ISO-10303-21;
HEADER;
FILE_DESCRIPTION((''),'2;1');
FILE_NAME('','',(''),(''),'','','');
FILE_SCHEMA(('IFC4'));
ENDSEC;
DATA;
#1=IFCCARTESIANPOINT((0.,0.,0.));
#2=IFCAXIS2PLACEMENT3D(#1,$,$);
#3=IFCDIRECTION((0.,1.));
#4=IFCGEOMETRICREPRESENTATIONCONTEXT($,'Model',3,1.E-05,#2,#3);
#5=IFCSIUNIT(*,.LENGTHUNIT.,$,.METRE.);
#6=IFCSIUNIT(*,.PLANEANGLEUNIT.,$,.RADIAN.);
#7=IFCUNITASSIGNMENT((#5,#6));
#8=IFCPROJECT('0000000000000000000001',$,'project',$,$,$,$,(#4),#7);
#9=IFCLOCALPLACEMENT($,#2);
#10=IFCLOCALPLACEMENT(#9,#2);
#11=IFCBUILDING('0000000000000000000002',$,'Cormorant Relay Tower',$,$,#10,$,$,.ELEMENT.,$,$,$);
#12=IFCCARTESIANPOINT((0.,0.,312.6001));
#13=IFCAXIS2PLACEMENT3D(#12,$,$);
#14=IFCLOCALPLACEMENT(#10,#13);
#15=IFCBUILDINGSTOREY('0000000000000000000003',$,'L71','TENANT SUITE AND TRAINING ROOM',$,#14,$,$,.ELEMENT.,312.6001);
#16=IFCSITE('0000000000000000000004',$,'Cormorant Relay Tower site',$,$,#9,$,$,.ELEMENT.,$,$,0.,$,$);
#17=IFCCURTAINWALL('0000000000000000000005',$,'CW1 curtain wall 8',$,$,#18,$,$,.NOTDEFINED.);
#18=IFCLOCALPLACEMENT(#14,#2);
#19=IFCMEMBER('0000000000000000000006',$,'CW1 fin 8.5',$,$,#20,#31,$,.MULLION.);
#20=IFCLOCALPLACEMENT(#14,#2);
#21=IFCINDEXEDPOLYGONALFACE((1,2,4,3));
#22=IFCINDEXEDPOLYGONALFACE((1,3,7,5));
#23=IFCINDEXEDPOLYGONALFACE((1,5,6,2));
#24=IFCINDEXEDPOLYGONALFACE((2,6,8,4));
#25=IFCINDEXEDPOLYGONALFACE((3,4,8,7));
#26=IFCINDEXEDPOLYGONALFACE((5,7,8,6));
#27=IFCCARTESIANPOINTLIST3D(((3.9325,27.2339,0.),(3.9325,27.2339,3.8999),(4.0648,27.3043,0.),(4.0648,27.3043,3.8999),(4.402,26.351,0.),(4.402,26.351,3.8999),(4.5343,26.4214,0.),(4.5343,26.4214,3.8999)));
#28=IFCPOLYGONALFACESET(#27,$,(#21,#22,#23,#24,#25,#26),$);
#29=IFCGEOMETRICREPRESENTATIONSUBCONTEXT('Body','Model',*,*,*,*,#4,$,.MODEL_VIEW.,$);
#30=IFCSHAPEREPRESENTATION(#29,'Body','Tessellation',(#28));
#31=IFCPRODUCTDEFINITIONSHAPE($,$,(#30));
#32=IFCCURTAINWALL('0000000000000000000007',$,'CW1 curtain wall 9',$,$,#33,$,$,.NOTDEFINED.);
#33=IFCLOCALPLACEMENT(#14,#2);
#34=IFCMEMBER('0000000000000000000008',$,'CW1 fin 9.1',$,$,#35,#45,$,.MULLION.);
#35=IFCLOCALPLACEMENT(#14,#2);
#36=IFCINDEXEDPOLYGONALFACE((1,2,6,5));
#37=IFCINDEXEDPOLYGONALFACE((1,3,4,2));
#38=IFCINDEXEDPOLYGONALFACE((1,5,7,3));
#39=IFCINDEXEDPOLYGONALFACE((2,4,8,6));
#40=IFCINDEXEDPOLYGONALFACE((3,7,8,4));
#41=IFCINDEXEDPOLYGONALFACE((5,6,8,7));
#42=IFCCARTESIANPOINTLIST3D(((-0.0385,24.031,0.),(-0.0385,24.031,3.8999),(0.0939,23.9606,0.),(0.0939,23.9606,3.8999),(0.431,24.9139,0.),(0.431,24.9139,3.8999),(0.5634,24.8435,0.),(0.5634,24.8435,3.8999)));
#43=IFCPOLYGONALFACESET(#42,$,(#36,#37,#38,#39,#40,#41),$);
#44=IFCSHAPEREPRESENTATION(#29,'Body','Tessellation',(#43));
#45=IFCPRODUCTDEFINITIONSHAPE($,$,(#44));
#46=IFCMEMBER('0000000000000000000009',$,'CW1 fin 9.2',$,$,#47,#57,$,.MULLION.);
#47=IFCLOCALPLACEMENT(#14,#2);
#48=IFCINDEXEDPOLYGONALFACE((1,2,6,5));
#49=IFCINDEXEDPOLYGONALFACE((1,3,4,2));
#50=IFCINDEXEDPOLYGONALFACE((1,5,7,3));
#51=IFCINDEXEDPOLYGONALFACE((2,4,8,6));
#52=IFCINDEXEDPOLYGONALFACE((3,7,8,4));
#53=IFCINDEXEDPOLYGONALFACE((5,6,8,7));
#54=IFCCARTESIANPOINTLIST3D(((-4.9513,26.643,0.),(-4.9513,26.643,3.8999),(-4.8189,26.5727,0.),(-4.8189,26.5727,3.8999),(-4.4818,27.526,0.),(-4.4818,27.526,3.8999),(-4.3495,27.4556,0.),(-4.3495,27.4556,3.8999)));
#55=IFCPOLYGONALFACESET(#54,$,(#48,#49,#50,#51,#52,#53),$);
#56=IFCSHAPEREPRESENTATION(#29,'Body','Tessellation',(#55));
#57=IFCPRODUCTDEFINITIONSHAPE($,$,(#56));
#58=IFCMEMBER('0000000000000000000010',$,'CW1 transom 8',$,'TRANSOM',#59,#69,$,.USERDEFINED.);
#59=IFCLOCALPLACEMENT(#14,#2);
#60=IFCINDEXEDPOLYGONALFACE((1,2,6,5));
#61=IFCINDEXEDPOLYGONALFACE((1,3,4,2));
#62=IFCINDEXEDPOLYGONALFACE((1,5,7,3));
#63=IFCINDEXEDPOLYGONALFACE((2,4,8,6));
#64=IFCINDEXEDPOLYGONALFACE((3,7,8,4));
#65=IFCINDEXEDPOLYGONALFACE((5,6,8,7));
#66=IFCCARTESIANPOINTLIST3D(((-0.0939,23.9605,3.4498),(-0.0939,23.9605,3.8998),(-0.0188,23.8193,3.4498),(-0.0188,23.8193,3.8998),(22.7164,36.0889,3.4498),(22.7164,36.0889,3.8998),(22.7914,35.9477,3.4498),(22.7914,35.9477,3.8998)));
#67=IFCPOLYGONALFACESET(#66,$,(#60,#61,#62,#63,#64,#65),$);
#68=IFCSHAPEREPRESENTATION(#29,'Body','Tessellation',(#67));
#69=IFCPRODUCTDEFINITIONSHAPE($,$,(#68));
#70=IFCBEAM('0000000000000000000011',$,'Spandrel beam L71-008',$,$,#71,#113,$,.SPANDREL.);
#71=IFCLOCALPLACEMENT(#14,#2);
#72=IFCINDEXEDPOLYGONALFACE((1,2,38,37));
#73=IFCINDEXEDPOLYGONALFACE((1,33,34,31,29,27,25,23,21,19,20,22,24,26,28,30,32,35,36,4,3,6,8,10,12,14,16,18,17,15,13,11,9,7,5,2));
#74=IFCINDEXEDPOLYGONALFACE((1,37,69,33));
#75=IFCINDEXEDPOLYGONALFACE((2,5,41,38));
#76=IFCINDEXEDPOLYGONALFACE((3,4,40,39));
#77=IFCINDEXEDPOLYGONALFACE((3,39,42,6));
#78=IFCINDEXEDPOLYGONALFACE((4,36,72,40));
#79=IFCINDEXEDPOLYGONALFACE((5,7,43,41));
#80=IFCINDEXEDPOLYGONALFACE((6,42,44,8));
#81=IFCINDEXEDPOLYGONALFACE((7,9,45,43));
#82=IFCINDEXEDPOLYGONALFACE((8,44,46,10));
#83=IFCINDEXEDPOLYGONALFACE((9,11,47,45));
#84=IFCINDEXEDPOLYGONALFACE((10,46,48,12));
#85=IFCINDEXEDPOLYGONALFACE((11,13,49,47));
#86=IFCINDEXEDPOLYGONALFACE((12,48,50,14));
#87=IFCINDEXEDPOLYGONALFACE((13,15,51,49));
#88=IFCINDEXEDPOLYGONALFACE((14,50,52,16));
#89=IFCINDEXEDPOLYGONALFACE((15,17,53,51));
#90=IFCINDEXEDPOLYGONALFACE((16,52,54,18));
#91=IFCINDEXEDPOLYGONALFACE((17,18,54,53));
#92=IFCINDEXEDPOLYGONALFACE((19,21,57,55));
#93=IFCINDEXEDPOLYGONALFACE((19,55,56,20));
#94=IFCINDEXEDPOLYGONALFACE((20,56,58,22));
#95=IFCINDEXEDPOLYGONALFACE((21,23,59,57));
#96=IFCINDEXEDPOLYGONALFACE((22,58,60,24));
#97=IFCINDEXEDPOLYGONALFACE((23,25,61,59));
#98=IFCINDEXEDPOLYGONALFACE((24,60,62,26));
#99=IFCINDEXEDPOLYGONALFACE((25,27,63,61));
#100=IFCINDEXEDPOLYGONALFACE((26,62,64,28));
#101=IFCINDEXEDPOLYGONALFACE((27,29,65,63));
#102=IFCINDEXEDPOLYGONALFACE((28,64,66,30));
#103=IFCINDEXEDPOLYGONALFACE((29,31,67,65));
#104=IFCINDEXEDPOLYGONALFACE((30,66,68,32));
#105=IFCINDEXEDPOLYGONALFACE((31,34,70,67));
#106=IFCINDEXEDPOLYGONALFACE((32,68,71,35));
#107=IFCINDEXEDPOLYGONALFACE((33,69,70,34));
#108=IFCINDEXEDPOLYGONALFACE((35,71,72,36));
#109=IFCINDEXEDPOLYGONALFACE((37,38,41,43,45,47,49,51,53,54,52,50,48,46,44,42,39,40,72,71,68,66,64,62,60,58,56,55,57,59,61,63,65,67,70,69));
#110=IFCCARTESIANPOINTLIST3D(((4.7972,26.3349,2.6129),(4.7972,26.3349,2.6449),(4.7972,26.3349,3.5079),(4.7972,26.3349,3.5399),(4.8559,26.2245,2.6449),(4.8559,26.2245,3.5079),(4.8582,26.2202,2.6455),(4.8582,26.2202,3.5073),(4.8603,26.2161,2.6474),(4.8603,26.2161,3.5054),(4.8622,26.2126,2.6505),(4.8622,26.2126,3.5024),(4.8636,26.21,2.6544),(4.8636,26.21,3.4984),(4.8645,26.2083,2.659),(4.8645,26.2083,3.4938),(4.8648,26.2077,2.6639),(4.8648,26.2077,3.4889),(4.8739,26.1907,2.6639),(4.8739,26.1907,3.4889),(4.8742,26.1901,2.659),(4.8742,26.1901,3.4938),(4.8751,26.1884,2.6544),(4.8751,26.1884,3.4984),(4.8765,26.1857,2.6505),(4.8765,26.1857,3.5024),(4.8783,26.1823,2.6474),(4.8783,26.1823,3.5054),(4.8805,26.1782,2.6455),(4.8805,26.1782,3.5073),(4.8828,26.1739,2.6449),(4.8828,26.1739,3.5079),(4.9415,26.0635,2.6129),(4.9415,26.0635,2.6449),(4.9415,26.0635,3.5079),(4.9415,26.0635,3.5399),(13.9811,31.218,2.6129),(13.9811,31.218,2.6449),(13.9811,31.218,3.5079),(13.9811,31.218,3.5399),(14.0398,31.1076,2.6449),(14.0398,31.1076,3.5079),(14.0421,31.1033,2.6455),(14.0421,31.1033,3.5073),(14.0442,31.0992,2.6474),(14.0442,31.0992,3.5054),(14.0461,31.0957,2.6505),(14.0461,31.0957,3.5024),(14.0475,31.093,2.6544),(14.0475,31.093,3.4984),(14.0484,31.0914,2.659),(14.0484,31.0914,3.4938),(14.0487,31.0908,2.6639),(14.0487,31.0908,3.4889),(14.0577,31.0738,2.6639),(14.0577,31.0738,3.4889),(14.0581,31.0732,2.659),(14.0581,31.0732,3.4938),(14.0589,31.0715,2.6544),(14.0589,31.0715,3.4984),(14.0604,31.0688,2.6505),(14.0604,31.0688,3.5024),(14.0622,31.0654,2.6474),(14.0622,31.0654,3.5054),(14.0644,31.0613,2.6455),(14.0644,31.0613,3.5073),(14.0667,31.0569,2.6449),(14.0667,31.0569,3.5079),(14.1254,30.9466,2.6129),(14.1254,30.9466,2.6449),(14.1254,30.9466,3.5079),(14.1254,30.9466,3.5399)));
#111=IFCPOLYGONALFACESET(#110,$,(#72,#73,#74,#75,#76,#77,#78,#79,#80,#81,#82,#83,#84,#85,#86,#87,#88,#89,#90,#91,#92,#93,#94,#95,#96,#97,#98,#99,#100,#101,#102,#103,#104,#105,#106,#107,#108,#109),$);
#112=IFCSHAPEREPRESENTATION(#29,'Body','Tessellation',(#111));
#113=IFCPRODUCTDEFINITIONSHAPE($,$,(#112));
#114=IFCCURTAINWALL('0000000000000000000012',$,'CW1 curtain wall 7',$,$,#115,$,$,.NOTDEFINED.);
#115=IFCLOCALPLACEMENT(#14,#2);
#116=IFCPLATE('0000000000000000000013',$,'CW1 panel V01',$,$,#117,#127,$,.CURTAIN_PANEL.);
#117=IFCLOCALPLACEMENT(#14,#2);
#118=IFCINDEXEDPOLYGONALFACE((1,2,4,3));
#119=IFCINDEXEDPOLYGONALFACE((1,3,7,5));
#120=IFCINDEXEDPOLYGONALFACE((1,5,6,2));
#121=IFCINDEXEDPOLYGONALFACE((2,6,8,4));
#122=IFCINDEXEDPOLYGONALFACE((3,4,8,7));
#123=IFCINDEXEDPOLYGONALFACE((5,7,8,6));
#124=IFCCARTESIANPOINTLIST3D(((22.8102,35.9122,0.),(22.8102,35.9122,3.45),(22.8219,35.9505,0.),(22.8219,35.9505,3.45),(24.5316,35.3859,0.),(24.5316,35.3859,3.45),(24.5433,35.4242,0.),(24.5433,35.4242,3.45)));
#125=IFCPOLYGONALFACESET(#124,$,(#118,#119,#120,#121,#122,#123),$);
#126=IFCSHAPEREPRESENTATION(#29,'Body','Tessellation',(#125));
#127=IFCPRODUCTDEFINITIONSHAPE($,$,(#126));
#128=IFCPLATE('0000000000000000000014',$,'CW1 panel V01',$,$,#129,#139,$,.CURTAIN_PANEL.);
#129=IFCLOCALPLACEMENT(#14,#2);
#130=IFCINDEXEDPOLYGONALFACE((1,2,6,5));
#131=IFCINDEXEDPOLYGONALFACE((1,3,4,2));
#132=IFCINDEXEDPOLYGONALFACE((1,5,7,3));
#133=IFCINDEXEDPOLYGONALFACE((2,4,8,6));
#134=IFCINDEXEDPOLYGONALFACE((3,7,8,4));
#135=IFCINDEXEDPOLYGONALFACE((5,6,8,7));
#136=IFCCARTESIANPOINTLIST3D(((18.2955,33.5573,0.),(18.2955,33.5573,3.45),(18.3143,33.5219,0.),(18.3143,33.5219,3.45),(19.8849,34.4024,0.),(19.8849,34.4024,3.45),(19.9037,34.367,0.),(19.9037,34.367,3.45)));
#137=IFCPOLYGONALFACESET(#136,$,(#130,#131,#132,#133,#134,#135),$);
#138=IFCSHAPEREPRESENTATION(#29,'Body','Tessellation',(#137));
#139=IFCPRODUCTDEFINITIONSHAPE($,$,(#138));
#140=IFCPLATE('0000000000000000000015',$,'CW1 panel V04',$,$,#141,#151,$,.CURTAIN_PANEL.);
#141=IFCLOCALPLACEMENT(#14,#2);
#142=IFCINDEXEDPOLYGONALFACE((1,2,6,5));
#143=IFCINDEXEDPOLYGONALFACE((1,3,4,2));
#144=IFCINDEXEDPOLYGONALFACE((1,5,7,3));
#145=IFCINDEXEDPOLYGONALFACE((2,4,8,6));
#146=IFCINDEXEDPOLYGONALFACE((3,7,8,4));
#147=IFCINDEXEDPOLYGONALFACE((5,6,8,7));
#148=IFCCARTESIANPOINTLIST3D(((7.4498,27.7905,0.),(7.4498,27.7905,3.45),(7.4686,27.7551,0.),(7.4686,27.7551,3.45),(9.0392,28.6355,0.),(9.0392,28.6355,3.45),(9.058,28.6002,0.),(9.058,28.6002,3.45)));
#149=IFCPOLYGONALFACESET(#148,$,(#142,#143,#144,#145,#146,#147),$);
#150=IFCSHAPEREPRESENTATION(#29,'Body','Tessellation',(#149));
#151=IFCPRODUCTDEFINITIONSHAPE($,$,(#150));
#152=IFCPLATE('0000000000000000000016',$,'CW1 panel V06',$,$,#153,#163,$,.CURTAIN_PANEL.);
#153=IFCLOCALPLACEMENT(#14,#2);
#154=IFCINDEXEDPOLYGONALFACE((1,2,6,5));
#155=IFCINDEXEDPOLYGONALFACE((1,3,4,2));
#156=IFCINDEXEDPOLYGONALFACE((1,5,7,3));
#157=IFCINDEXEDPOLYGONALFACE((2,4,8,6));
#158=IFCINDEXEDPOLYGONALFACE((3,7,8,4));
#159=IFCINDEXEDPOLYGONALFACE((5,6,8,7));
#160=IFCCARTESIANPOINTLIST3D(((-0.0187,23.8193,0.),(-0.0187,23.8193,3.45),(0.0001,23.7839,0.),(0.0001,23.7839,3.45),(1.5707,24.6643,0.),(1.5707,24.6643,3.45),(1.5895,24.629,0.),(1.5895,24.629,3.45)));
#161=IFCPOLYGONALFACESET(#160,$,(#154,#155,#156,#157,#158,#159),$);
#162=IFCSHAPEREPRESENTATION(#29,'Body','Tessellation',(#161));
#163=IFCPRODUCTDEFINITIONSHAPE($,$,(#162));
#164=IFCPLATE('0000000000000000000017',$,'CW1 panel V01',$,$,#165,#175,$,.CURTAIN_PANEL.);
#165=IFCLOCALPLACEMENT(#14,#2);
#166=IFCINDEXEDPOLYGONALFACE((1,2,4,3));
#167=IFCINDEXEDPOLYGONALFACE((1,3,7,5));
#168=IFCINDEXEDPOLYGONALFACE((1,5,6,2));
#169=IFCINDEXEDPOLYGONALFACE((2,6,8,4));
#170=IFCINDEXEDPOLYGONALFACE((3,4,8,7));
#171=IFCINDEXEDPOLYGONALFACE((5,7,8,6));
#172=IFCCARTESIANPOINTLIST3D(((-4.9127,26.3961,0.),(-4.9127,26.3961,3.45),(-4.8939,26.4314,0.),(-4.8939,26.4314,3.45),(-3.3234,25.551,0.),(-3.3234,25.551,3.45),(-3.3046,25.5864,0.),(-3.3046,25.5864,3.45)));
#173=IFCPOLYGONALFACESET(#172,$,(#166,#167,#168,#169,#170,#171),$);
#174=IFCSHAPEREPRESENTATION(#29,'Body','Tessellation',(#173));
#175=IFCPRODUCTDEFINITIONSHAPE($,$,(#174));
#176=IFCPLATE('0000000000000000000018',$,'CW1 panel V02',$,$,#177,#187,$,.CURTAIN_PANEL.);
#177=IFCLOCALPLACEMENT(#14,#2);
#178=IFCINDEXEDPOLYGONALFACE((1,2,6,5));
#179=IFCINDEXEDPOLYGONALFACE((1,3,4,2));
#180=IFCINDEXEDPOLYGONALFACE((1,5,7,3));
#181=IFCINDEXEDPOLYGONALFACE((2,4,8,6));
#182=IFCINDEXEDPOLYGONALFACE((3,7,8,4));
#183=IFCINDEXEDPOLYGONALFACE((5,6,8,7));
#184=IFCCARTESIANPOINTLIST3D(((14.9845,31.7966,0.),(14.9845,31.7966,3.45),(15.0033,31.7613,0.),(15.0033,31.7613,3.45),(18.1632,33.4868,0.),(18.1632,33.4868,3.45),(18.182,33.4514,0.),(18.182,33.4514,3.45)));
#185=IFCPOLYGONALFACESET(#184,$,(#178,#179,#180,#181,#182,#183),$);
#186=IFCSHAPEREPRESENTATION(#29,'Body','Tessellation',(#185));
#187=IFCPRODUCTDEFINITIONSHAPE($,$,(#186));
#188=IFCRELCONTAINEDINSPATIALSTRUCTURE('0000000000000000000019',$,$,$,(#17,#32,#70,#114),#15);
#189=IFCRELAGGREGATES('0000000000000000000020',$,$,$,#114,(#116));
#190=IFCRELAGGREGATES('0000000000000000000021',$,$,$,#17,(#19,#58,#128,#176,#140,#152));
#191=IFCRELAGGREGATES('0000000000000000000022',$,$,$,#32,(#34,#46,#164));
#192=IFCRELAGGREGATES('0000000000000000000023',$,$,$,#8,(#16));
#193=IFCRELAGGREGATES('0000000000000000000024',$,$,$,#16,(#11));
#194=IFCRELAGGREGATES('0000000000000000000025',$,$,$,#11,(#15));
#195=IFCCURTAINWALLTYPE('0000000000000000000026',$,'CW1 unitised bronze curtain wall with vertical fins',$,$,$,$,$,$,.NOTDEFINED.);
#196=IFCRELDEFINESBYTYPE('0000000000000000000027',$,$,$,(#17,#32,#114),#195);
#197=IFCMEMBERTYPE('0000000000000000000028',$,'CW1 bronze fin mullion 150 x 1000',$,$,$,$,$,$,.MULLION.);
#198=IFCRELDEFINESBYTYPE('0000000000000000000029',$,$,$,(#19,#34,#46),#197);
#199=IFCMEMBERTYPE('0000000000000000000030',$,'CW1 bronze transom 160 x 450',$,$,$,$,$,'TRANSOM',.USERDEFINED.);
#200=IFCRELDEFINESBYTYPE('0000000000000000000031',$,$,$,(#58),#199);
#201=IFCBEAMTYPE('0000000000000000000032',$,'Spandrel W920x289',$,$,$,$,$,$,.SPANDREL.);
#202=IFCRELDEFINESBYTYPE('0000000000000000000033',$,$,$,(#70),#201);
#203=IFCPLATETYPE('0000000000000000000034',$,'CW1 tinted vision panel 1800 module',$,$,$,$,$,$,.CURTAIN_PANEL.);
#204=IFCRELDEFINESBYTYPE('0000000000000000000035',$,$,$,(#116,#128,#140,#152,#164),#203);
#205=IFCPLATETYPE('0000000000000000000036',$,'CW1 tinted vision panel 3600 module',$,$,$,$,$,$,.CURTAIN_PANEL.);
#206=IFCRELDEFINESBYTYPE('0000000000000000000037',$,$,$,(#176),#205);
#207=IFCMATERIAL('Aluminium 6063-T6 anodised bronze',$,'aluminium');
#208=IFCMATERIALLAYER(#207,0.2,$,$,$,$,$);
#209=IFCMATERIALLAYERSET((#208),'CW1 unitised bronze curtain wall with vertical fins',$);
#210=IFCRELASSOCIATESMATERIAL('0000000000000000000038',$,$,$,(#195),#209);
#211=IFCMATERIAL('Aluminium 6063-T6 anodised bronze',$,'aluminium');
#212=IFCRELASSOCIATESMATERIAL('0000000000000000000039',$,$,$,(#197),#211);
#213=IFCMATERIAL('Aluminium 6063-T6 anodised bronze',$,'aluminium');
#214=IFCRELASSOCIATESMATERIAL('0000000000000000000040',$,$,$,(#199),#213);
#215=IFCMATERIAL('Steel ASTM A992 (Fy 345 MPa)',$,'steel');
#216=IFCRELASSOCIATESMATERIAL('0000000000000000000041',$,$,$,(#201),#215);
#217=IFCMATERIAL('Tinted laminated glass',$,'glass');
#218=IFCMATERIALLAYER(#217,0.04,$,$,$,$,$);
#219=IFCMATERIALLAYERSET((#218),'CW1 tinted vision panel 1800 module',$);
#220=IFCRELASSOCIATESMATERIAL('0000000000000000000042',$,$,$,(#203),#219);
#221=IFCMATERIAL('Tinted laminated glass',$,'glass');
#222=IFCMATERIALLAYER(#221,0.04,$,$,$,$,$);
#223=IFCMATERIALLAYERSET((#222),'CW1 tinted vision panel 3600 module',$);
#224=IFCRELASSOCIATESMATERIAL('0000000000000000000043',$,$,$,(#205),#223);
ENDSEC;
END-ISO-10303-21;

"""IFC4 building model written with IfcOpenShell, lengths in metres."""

from ifc_helpers import new_model, si_unit, direction, frame, origin, origin_2d, place, context, subcontext, project, spatial, rectangle, i_section, extrude, material, layer, layer_set, material_profile, profile_set, type_object, element, aggregate, save


model = new_model("IFC4")

# Units and contexts
model_context = context("Model", 3, precision=1e-05, world=origin(), true_north=direction((0.0, 1.0)))
body_context = subcontext(model_context, "Body", "Model", "MODEL_VIEW")
ifc_project = project(units=[si_unit("LENGTHUNIT", "METRE"), si_unit("PLANEANGLEUNIT", "RADIAN")], contexts=[model_context])

# Site, building, storey
site_placement = place(None, origin())
site = spatial("IfcSite", under=ifc_project, at=site_placement, Name="Cormorant Relay Tower site", CompositionType="ELEMENT", RefElevation=0.0)
building_placement = place(site_placement, origin())
building = spatial("IfcBuilding", under=site, at=building_placement, Name="Cormorant Relay Tower", CompositionType="ELEMENT")
storey_placement = place(building_placement, frame((0.0, 0.0, 312.6001)))
storey = spatial("IfcBuildingStorey", under=building, at=storey_placement, Name="L71", Description="TENANT SUITE AND TRAINING ROOM", CompositionType="ELEMENT", Elevation=312.6001)

# Curtain walls, members
ifc_material_1 = material(Name="Aluminium 6063-T6 anodised bronze", Category="aluminium")
ifc_layer_1 = layer(ifc_material_1, 0.2)
ifc_layer_set_1 = layer_set([ifc_layer_1], Name="CW1 unitised bronze curtain wall with vertical fins")
curtain_wall_type = type_object("IfcCurtainWallType", Name="CW1 unitised bronze curtain wall with vertical fins", PredefinedType="NOTDEFINED", material=ifc_layer_set_1)
curtain_wall_1_placement = place(storey_placement, origin())
curtain_wall_1 = element("IfcCurtainWall", 1, at=curtain_wall_1_placement, inside=storey, type_object=curtain_wall_type, Name="CW1 curtain wall 8", PredefinedType="NOTDEFINED")
ifc_material_2 = material(Name="Aluminium 6063-T6 anodised bronze", Category="aluminium")
ifc_material_profile_1 = material_profile(ifc_material_2, rectangle(XDim=0.1499, YDim=1.0, at=origin_2d()), Name="AL 150x1000")
ifc_profile_set_1 = profile_set([ifc_material_profile_1], Name="Aluminium 6063-T6 anodised bronze")
member_type_1 = type_object("IfcMemberType", Name="CW1 bronze fin mullion 150 x 1000", PredefinedType="MULLION", material=ifc_profile_set_1)
member_1_placement = place(storey_placement, frame((4.2334, 26.8276, 0.0), z_axis=(0.0, 0.0, 1.0), x_axis=(-0.882948, -0.469472, 0.0)))
member_1 = element("IfcMember", 2, at=member_1_placement, type_object=member_type_1, Name="CW1 fin 8.5", PredefinedType="MULLION", context=body_context, shape_type="SweptSolid", body=[
    extrude(rectangle(XDim=0.1499, YDim=1.0, at=origin_2d()), origin(), (0.0, 0.0, 1.0), 3.8999),
])
curtain_wall_2_placement = place(storey_placement, origin())
curtain_wall_2 = element("IfcCurtainWall", 3, at=curtain_wall_2_placement, inside=storey, type_object=curtain_wall_type, Name="CW1 curtain wall 9", PredefinedType="NOTDEFINED")
member_2_placement = place(storey_placement, frame((0.2625, 24.4373, 0.0), z_axis=(0.0, 0.0, 1.0), x_axis=(-0.882948, 0.469472, 0.0)))
member_2 = element("IfcMember", 4, at=member_2_placement, type_object=member_type_1, Name="CW1 fin 9.1", PredefinedType="MULLION", context=body_context, shape_type="SweptSolid", body=[
    extrude(rectangle(XDim=0.1499, YDim=1.0, at=origin_2d()), origin(), (0.0, 0.0, 1.0), 3.8999),
])
member_3_placement = place(storey_placement, frame((-4.6504, 27.0493, 0.0), z_axis=(0.0, 0.0, 1.0), x_axis=(-0.882948, 0.469472, 0.0)))
member_3 = element("IfcMember", 5, at=member_3_placement, type_object=member_type_1, Name="CW1 fin 9.2", PredefinedType="MULLION", context=body_context, shape_type="SweptSolid", body=[
    extrude(rectangle(XDim=0.1499, YDim=1.0, at=origin_2d()), origin(), (0.0, 0.0, 1.0), 3.8999),
])

# Member
ifc_material_3 = material(Name="Aluminium 6063-T6 anodised bronze", Category="aluminium")
ifc_material_profile_2 = material_profile(ifc_material_3, rectangle(XDim=0.1599, YDim=0.45, at=origin_2d()), Name="AL 160x450")
ifc_profile_set_2 = profile_set([ifc_material_profile_2], Name="Aluminium 6063-T6 anodised bronze")
member_type_2 = type_object("IfcMemberType", Name="CW1 bronze transom 160 x 450", ElementType="TRANSOM", PredefinedType="USERDEFINED", material=ifc_profile_set_2)
member_4_placement = place(storey_placement, frame((22.7539, 36.0183, 3.6748), z_axis=(-0.882948, -0.469471, 0.0), x_axis=(0.469471, -0.882948, 0.0)))
member_4 = element("IfcMember", 6, at=member_4_placement, type_object=member_type_2, Name="CW1 transom 8", ObjectType="TRANSOM", PredefinedType="USERDEFINED", context=body_context, shape_type="SweptSolid", body=[
    extrude(rectangle(XDim=0.1599, YDim=0.45, at=origin_2d()), origin(), (0.0, 0.0, 1.0), 25.8342),
])

# Beam
ifc_material_4 = material(Name="Steel ASTM A992 (Fy 345 MPa)", Category="steel")
ifc_material_profile_3 = material_profile(ifc_material_4, i_section(OverallWidth=0.3074, OverallDepth=0.927, WebThickness=0.0193, FlangeThickness=0.032, FilletRadius=0.019, at=origin_2d()), Name="W920x289")
ifc_profile_set_3 = profile_set([ifc_material_profile_3], Name="Steel ASTM A992 (Fy 345 MPa)")
beam_type = type_object("IfcBeamType", Name="Spandrel W920x289", PredefinedType="SPANDREL", material=ifc_profile_set_3)
beam_placement = place(storey_placement, frame((14.0532, 31.0823, 3.0764), z_axis=(-0.882951, -0.469466, 0.0), x_axis=(0.469466, -0.882951, 0.0)))
element("IfcBeam", 7, at=beam_placement, inside=storey, type_object=beam_type, Name="Spandrel beam L71-008", PredefinedType="SPANDREL", context=body_context, shape_type="SweptSolid", body=[
    extrude(i_section(OverallWidth=0.3074, OverallDepth=0.927, WebThickness=0.0193, FlangeThickness=0.032, FilletRadius=0.019, at=origin_2d()), origin(), (0.0, 0.0, 1.0), 10.4014),
])

# Curtain wall, plate
curtain_wall_3_placement = place(storey_placement, origin())
curtain_wall_3 = element("IfcCurtainWall", 8, at=curtain_wall_3_placement, inside=storey, type_object=curtain_wall_type, Name="CW1 curtain wall 7", PredefinedType="NOTDEFINED")
ifc_material_5 = material(Name="Tinted laminated glass", Category="glass")
ifc_layer_2 = layer(ifc_material_5, 0.04)
ifc_layer_set_2 = layer_set([ifc_layer_2], Name="CW1 tinted vision panel 1800 module")
plate_type_1 = type_object("IfcPlateType", Name="CW1 tinted vision panel 1800 module", PredefinedType="CURTAIN_PANEL", material=ifc_layer_set_2)
plate_1_placement = place(storey_placement, frame((23.6768, 35.6682, 0.0), z_axis=(0.0, 0.0, 1.0), x_axis=(-0.956305, 0.292372, 0.0)))
plate_1 = element("IfcPlate", 9, at=plate_1_placement, type_object=plate_type_1, Name="CW1 panel V01", PredefinedType="CURTAIN_PANEL", context=body_context, shape_type="SweptSolid", body=[
    extrude(rectangle(XDim=1.8, YDim=0.04, at=origin_2d()), origin(), (0.0, 0.0, 1.0), 3.45),
])
aggregate(curtain_wall_3, [plate_1])

# Plates
plate_2_placement = place(storey_placement, frame((19.0996, 33.9622, 0.0), z_axis=(0.0, 0.0, 1.0), x_axis=(-0.882948, -0.469472, 0.0)))
plate_2 = element("IfcPlate", 10, at=plate_2_placement, type_object=plate_type_1, Name="CW1 panel V01", PredefinedType="CURTAIN_PANEL", context=body_context, shape_type="SweptSolid", body=[
    extrude(rectangle(XDim=1.8, YDim=0.04, at=origin_2d()), origin(), (0.0, 0.0, 1.0), 3.45),
])
plate_3_placement = place(storey_placement, frame((8.2539, 28.1953, 0.0), z_axis=(0.0, 0.0, 1.0), x_axis=(-0.882948, -0.469472, 0.0)))
plate_3 = element("IfcPlate", 11, at=plate_3_placement, type_object=plate_type_1, Name="CW1 panel V04", PredefinedType="CURTAIN_PANEL", context=body_context, shape_type="SweptSolid", body=[
    extrude(rectangle(XDim=1.8, YDim=0.04, at=origin_2d()), origin(), (0.0, 0.0, 1.0), 3.45),
])
plate_4_placement = place(storey_placement, frame((0.7854, 24.2241, 0.0), z_axis=(0.0, 0.0, 1.0), x_axis=(-0.882948, -0.469472, 0.0)))
plate_4 = element("IfcPlate", 12, at=plate_4_placement, type_object=plate_type_1, Name="CW1 panel V06", PredefinedType="CURTAIN_PANEL", context=body_context, shape_type="SweptSolid", body=[
    extrude(rectangle(XDim=1.8, YDim=0.04, at=origin_2d()), origin(), (0.0, 0.0, 1.0), 3.45),
])
plate_5_placement = place(storey_placement, frame((-4.1086, 25.9912, 0.0), z_axis=(0.0, 0.0, 1.0), x_axis=(-0.882948, 0.469472, 0.0)))
plate_5 = element("IfcPlate", 13, at=plate_5_placement, type_object=plate_type_1, Name="CW1 panel V01", PredefinedType="CURTAIN_PANEL", context=body_context, shape_type="SweptSolid", body=[
    extrude(rectangle(XDim=1.8, YDim=0.04, at=origin_2d()), origin(), (0.0, 0.0, 1.0), 3.45),
])
ifc_material_6 = material(Name="Tinted laminated glass", Category="glass")
ifc_layer_3 = layer(ifc_material_6, 0.04)
ifc_layer_set_3 = layer_set([ifc_layer_3], Name="CW1 tinted vision panel 3600 module")
plate_type_2 = type_object("IfcPlateType", Name="CW1 tinted vision panel 3600 module", PredefinedType="CURTAIN_PANEL", material=ifc_layer_set_3)
plate_6_placement = place(storey_placement, frame((16.5833, 32.624, 0.0), z_axis=(0.0, 0.0, 1.0), x_axis=(-0.882948, -0.469472, 0.0)))
plate_6 = element("IfcPlate", 14, at=plate_6_placement, type_object=plate_type_2, Name="CW1 panel V02", PredefinedType="CURTAIN_PANEL", context=body_context, shape_type="SweptSolid", body=[
    extrude(rectangle(XDim=3.6001, YDim=0.04, at=origin_2d()), origin(), (0.0, 0.0, 1.0), 3.45),
])

aggregate(curtain_wall_1, [member_1, member_4, plate_2, plate_6, plate_3, plate_4])
aggregate(curtain_wall_2, [member_2, member_3, plate_5])

save(model, "model.ifc")
